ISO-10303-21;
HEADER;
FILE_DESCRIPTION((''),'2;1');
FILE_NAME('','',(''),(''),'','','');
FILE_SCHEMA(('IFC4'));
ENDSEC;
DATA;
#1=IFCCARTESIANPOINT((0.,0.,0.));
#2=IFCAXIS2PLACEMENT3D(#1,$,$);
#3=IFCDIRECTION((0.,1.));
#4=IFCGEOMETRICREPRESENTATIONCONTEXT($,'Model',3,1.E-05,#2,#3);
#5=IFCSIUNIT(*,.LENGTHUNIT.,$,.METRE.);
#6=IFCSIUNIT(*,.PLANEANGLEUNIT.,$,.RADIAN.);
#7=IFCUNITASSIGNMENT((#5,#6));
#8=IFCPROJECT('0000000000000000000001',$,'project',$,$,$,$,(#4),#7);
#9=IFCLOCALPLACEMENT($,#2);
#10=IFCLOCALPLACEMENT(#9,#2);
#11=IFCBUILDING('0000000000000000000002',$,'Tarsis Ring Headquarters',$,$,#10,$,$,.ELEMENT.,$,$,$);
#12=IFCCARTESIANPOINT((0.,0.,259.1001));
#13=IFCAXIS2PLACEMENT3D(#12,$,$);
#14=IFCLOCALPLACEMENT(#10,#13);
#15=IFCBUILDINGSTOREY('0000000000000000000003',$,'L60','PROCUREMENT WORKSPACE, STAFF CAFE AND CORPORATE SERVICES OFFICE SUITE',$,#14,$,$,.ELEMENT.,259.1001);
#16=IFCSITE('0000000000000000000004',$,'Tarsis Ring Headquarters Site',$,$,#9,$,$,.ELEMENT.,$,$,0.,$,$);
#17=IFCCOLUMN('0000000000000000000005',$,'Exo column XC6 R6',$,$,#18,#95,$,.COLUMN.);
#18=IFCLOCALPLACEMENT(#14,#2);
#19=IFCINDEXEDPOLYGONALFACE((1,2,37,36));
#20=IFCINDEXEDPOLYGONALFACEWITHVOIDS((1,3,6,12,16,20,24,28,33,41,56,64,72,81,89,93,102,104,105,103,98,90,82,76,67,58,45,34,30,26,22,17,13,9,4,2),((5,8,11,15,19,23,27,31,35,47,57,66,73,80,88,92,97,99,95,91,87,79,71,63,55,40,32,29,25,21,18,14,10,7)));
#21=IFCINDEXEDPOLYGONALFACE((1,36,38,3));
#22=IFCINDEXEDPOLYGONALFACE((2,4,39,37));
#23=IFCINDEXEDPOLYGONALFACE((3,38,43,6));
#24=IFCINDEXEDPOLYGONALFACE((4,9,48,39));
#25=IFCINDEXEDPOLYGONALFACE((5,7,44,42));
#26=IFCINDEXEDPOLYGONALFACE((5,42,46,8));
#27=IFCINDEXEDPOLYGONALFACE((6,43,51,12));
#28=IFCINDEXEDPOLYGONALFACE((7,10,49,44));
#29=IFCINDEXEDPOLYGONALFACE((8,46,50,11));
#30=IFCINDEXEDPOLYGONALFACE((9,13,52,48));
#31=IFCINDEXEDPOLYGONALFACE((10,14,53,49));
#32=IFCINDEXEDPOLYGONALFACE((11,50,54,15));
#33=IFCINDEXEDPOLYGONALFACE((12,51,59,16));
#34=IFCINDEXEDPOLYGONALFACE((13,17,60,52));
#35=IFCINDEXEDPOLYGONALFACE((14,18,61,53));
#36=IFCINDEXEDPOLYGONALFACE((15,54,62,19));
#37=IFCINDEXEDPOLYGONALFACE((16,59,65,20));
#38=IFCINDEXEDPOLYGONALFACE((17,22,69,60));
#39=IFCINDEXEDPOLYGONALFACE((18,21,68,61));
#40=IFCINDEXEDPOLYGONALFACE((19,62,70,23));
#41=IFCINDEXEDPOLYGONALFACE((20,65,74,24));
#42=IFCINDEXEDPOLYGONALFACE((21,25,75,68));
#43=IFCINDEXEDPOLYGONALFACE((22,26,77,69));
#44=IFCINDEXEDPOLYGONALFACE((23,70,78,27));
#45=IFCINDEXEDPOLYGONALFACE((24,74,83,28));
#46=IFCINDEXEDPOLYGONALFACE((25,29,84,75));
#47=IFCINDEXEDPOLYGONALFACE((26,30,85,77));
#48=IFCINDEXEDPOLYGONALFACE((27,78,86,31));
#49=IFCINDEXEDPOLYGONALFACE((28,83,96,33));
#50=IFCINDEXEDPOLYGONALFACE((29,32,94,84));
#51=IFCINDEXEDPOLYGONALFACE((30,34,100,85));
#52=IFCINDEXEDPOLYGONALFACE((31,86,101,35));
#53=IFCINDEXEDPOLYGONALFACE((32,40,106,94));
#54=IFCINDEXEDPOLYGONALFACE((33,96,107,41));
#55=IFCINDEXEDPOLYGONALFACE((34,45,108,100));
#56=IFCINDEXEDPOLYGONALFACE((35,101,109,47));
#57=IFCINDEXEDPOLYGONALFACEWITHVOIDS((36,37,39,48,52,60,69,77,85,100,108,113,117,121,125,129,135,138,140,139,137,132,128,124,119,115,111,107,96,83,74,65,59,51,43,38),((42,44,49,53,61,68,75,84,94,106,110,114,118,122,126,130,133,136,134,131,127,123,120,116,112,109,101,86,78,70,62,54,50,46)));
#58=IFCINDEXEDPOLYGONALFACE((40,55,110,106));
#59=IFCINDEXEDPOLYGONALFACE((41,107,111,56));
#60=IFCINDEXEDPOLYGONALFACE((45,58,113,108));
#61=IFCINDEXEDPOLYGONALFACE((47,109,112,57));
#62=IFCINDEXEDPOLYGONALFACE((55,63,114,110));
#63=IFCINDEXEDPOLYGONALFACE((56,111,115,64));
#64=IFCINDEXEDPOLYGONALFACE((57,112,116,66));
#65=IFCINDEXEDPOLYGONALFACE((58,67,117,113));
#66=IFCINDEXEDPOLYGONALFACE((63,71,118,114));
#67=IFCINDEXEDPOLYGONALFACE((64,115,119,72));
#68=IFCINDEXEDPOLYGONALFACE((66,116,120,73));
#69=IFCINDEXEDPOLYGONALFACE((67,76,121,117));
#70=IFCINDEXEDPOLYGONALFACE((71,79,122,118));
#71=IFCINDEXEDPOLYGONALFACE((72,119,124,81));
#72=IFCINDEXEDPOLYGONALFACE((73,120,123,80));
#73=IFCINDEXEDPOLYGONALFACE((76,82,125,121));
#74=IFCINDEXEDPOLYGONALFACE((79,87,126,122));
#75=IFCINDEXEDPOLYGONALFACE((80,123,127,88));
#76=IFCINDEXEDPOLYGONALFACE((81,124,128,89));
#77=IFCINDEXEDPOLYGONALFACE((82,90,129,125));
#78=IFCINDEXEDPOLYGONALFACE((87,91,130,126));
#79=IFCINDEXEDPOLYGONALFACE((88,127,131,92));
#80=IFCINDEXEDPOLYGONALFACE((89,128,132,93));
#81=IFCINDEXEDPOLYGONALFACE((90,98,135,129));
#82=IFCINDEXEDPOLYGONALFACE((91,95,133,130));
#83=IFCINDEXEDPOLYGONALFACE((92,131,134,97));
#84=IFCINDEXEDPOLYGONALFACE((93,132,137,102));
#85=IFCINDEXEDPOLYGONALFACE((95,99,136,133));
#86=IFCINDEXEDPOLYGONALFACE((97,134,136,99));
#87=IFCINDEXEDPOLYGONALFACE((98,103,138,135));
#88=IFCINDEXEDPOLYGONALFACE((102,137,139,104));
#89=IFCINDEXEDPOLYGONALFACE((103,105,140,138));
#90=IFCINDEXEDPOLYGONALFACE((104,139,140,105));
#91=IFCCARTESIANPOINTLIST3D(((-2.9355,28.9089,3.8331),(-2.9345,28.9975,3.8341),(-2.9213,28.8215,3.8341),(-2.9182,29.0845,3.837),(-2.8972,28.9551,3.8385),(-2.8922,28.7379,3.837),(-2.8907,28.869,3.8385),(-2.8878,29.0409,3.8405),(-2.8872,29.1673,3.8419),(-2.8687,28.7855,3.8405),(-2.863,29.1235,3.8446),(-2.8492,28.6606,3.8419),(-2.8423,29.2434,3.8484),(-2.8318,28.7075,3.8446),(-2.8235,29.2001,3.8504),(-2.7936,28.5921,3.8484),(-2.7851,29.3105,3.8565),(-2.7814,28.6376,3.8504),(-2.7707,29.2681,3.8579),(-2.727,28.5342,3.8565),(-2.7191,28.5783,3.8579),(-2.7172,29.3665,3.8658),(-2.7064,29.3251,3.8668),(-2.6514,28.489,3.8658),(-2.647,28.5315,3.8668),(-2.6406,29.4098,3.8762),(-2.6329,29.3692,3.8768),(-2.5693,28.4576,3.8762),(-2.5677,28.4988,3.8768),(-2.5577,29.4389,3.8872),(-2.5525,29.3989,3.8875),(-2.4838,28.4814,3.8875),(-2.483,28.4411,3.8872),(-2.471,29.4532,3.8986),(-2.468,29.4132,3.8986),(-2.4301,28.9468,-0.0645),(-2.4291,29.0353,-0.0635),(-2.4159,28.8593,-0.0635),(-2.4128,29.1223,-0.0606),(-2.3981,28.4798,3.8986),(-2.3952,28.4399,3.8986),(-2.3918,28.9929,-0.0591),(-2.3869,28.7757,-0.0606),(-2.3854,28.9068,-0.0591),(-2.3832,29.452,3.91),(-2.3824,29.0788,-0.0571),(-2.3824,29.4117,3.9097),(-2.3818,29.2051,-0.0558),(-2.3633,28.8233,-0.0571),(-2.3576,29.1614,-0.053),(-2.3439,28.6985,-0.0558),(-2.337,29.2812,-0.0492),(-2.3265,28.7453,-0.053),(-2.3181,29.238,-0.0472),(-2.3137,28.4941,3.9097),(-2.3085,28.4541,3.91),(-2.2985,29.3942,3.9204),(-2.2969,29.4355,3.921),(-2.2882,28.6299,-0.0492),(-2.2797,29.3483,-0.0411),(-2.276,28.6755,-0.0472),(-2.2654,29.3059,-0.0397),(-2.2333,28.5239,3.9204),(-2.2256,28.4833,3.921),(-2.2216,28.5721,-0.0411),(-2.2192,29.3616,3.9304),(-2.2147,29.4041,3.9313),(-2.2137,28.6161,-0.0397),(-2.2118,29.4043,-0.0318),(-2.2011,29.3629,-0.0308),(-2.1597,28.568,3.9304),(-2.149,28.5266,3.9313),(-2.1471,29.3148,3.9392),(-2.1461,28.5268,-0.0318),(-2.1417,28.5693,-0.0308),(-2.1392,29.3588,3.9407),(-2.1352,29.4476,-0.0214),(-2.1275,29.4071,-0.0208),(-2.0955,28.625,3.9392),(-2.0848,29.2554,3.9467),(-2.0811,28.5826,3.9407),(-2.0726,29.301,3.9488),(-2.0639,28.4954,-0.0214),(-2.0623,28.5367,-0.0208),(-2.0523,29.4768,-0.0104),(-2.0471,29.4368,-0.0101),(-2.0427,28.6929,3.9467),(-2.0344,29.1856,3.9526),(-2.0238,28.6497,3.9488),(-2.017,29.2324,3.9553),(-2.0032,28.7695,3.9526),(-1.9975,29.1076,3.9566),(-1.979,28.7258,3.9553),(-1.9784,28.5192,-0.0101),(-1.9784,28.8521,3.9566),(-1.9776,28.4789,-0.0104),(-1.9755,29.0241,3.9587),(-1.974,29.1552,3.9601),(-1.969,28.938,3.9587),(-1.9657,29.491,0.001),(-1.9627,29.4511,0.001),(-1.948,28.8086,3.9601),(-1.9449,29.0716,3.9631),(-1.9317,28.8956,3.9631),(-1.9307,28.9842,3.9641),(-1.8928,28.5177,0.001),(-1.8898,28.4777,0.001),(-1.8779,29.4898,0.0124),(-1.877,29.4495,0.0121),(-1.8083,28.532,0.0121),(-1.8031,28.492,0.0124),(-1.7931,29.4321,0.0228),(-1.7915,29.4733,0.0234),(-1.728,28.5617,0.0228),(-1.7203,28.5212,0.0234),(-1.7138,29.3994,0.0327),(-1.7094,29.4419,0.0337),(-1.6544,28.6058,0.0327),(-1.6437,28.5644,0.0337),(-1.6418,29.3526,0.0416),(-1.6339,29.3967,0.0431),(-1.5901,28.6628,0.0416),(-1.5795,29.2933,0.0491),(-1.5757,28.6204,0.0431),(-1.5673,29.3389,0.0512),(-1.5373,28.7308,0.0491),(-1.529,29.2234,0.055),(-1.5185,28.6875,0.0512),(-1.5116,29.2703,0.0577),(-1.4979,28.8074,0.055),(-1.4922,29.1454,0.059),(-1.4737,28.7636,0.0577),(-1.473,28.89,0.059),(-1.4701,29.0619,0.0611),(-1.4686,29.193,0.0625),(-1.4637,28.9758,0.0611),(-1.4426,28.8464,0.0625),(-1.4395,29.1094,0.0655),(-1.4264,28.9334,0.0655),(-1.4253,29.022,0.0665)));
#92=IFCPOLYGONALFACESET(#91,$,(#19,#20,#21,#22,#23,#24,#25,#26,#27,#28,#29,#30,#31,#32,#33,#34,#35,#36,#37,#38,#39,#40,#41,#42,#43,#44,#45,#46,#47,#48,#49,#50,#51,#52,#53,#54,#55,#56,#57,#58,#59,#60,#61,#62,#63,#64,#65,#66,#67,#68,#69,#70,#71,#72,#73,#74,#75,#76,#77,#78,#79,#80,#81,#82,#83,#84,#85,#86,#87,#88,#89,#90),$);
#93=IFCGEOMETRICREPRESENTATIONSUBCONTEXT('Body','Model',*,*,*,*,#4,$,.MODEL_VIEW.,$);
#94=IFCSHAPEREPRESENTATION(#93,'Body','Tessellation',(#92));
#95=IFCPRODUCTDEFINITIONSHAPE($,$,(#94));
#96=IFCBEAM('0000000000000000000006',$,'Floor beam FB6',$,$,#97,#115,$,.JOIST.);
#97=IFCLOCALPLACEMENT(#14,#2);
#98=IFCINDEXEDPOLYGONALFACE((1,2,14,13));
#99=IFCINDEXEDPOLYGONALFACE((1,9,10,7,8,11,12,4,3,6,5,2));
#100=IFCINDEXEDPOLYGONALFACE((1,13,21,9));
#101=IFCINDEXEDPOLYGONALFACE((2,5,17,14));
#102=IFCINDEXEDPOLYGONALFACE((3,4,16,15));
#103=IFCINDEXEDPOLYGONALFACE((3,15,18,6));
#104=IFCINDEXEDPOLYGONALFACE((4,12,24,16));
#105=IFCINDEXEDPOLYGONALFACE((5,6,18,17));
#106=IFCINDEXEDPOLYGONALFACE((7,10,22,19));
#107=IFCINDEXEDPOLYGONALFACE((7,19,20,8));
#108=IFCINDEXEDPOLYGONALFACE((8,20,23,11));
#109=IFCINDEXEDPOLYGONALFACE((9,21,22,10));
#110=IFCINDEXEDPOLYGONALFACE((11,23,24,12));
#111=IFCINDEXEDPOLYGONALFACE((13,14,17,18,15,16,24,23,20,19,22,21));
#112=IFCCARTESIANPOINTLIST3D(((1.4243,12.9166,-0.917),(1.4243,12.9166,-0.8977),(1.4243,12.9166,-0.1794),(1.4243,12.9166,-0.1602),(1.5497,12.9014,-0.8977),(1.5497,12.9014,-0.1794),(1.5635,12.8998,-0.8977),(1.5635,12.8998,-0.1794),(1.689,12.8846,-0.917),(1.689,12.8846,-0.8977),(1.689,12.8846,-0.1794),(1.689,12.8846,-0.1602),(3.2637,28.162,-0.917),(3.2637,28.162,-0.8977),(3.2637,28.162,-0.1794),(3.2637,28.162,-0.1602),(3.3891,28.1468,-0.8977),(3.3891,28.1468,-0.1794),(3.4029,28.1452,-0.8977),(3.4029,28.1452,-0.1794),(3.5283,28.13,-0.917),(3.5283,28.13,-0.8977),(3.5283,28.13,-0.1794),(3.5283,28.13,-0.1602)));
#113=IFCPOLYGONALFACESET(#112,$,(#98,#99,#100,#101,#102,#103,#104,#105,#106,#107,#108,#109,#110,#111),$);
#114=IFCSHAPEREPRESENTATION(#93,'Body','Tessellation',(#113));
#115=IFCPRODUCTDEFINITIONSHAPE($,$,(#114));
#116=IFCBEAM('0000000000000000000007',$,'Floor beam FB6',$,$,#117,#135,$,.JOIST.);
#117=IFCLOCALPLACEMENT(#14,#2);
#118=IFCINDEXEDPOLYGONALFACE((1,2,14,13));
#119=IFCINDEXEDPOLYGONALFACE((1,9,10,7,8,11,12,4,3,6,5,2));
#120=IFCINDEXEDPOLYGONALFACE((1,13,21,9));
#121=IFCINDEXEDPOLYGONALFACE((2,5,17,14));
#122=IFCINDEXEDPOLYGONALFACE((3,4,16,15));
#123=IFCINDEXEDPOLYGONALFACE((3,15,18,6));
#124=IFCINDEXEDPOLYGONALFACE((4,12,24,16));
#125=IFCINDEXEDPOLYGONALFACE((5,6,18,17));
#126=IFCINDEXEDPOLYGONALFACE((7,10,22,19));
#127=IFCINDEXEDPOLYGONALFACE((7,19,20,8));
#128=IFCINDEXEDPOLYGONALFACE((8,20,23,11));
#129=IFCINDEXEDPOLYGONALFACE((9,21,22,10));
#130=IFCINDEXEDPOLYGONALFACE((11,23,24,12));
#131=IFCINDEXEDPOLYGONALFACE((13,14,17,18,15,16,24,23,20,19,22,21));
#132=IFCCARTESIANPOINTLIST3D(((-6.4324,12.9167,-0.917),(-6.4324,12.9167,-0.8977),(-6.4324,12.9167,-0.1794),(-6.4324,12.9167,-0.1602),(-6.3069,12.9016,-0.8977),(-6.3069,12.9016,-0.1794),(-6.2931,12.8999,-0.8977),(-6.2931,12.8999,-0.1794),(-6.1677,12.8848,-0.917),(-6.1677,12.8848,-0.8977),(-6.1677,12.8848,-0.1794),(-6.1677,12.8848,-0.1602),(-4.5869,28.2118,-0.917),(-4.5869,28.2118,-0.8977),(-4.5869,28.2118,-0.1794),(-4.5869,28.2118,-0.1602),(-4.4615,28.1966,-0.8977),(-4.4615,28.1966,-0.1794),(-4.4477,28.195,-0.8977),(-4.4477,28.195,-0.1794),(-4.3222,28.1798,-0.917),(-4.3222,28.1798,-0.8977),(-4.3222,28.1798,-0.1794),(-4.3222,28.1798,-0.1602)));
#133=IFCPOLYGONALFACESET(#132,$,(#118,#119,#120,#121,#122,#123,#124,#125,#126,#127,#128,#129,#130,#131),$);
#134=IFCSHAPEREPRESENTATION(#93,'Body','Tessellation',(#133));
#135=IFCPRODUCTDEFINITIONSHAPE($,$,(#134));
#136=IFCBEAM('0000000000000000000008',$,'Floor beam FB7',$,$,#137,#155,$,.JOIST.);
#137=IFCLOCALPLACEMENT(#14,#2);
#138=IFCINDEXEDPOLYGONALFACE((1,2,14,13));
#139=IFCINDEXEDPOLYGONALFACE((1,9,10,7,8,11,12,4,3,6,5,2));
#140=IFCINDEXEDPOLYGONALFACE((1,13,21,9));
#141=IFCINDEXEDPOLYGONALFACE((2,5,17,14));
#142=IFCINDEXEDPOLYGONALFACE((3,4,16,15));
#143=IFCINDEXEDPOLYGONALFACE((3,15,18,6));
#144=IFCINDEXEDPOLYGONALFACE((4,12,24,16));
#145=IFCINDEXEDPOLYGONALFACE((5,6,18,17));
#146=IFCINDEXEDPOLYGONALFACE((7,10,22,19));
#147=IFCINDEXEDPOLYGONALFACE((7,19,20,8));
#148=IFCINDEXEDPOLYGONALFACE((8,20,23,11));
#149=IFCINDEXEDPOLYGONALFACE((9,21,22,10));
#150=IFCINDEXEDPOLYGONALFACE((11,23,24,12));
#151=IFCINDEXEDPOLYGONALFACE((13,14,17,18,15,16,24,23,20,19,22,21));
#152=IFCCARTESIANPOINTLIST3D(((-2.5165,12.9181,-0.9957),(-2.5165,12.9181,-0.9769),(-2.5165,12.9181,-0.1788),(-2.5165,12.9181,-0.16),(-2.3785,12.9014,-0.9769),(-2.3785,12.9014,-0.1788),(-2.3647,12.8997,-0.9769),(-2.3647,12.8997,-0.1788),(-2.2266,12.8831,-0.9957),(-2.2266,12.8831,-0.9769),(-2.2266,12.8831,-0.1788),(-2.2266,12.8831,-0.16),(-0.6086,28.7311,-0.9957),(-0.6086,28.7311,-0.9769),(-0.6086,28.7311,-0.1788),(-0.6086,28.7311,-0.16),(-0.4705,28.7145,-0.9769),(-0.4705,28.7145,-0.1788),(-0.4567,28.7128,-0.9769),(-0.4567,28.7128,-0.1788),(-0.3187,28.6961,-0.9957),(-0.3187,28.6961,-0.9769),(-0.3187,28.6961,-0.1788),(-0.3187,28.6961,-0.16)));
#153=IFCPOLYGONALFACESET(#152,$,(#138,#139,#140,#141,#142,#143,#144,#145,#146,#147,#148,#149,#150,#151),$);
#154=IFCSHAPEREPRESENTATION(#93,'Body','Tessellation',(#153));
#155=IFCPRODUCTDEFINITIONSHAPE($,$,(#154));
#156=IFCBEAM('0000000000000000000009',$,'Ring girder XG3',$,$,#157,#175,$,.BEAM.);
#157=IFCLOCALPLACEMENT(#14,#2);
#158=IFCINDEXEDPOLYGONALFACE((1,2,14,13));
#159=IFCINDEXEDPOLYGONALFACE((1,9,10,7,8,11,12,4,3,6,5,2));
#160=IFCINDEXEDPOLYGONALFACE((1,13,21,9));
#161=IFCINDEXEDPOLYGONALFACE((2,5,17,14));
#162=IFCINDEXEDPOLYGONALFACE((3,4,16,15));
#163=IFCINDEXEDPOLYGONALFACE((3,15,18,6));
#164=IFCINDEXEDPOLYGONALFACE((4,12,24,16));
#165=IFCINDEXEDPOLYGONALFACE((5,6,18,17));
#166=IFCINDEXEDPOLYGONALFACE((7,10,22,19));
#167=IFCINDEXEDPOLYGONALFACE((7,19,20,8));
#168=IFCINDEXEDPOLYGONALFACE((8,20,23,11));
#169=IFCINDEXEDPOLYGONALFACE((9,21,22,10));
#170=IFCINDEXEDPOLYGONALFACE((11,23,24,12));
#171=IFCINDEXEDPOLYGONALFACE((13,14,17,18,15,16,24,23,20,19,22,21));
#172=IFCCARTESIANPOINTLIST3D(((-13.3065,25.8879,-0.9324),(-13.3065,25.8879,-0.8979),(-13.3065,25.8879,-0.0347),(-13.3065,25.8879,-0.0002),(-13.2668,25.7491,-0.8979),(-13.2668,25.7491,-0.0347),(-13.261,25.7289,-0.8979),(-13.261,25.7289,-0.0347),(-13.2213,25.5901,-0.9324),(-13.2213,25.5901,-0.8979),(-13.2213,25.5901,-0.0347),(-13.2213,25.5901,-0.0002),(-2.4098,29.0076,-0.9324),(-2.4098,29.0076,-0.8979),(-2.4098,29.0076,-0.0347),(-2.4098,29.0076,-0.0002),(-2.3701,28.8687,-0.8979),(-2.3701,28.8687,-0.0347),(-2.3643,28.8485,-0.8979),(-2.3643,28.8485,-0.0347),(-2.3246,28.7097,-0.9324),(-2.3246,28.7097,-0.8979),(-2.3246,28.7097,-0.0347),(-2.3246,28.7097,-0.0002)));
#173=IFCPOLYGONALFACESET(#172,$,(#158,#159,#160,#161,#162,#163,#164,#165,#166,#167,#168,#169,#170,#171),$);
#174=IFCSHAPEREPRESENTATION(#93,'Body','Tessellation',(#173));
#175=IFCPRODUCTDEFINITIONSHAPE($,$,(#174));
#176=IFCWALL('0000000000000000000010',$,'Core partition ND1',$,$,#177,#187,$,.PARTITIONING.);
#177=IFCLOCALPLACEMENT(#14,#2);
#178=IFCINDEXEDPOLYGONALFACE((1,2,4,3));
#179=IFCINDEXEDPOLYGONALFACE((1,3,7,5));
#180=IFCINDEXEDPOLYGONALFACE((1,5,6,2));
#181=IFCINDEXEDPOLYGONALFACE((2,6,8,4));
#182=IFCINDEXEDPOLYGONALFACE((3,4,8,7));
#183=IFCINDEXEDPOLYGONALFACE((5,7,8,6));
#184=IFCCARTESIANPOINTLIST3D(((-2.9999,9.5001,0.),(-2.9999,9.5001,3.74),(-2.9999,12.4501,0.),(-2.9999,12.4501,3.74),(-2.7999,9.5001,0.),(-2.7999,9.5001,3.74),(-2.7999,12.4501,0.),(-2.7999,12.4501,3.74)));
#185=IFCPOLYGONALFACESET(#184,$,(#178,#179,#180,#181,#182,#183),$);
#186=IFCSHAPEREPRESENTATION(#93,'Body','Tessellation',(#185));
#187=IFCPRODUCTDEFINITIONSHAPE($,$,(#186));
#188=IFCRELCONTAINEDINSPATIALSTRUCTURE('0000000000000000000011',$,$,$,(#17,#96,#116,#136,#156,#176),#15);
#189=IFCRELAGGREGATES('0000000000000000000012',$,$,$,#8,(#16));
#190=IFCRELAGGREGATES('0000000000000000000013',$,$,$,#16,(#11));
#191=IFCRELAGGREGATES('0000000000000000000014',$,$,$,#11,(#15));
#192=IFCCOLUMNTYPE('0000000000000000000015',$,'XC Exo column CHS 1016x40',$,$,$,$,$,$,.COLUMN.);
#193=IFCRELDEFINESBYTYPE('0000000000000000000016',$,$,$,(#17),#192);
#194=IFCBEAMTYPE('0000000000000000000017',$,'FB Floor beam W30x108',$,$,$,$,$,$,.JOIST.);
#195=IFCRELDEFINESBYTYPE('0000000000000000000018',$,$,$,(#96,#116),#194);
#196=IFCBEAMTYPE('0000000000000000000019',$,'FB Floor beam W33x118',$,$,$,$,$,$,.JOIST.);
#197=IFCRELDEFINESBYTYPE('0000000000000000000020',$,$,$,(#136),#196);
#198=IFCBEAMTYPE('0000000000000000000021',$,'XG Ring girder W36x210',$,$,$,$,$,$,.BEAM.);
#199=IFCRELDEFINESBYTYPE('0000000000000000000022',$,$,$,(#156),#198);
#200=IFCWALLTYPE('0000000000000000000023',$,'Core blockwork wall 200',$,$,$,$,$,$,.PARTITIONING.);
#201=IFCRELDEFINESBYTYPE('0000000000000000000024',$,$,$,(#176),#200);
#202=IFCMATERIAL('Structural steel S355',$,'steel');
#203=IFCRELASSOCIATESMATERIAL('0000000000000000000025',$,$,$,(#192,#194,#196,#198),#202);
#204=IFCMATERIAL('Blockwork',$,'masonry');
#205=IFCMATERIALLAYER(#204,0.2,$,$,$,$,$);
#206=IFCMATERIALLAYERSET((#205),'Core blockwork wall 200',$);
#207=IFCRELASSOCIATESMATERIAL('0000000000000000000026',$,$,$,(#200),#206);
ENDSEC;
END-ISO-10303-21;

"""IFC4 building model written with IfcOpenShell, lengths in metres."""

from ifc_helpers import new_model, si_unit, direction, frame, frame_2d, origin, origin_2d, place, context, subcontext, project, spatial, rectangle, hollow_circle, i_section, extrude, material, layer, layer_set, material_profile, profile_set, type_object, element, save


model = new_model("IFC4")

# Units and contexts
model_context = context("Model", 3, precision=1e-05, world=origin(), true_north=direction((0.0, 1.0)))
body_context = subcontext(model_context, "Body", "Model", "MODEL_VIEW")
ifc_project = project(units=[si_unit("LENGTHUNIT", "METRE"), si_unit("PLANEANGLEUNIT", "RADIAN")], contexts=[model_context])

# Site, building, storey
site_placement = place(None, origin())
site = spatial("IfcSite", under=ifc_project, at=site_placement, Name="Tarsis Ring Headquarters Site", CompositionType="ELEMENT", RefElevation=0.0)
building_placement = place(site_placement, origin())
building = spatial("IfcBuilding", under=site, at=building_placement, Name="Tarsis Ring Headquarters", CompositionType="ELEMENT")
storey_placement = place(building_placement, frame((0.0, 0.0, 259.1001)))
storey = spatial("IfcBuildingStorey", under=building, at=storey_placement, Name="L60", Description="PROCUREMENT WORKSPACE, STAFF CAFE AND CORPORATE SERVICES OFFICE SUITE", CompositionType="ELEMENT", Elevation=259.1001)

# Column
ifc_material_1 = material(Name="Structural steel S355", Category="steel")
ifc_material_profile_1 = material_profile(ifc_material_1, hollow_circle(Radius=0.5081, WallThickness=0.04, at=origin_2d()), Name="CHS 1016x40")
ifc_profile_set_1 = profile_set([ifc_material_profile_1], Name="Structural steel S355")
column_type = type_object("IfcColumnType", Name="XC Exo column CHS 1016x40", PredefinedType="COLUMN", material=ifc_profile_set_1)
column_placement = place(storey_placement, frame((-1.9277, 28.9844, 0.001), z_axis=(-0.128576, -0.009628, 0.991653), x_axis=(0.07467, -0.997208, 0.0)))
element("IfcColumn", 1, at=column_placement, inside=storey, type_object=column_type, Name="Exo column XC6 R6", PredefinedType="COLUMN", context=body_context, shape_type="SweptSolid", body=[
    extrude(hollow_circle(Radius=0.5081, WallThickness=0.04, at=origin_2d()), origin(), (0.0, 0.0, 1.0), 3.9304),
])

# Beams
ifc_material_profile_2 = material_profile(ifc_material_1, i_section(OverallWidth=0.2666, OverallDepth=0.7568, WebThickness=0.0139, FlangeThickness=0.0193, at=origin_2d()), Name="W30x108")
ifc_profile_set_2 = profile_set([ifc_material_profile_2], Name="Structural steel S355")
beam_type_1 = type_object("IfcBeamType", Name="FB Floor beam W30x108", PredefinedType="JOIST", material=ifc_profile_set_2)
beam_1_placement = place(storey_placement, frame((3.396, 28.146, -0.5386), z_axis=(-0.119782, -0.9928, 0.0), x_axis=(0.9928, -0.119782, 0.0)))
element("IfcBeam", 2, at=beam_1_placement, inside=storey, type_object=beam_type_1, Name="Floor beam FB6", PredefinedType="JOIST", context=body_context, shape_type="SweptSolid", body=[
    extrude(i_section(OverallWidth=0.2666, OverallDepth=0.7568, WebThickness=0.0139, FlangeThickness=0.0193, at=origin_2d()), origin(), (0.0, 0.0, 1.0), 15.356),
])
beam_2_placement = place(storey_placement, frame((-4.4546, 28.1958, -0.5386), z_axis=(-0.119788, -0.9928, 0.0), x_axis=(0.9928, -0.119788, 0.0)))
element("IfcBeam", 3, at=beam_2_placement, inside=storey, type_object=beam_type_1, Name="Floor beam FB6", PredefinedType="JOIST", context=body_context, shape_type="SweptSolid", body=[
    extrude(i_section(OverallWidth=0.2666, OverallDepth=0.7568, WebThickness=0.0139, FlangeThickness=0.0193, at=origin_2d()), origin(), (0.0, 0.0, 1.0), 15.406),
])
ifc_material_profile_3 = material_profile(ifc_material_1, i_section(OverallWidth=0.292, OverallDepth=0.8357, WebThickness=0.0139, FlangeThickness=0.0188, at=origin_2d()), Name="W33x118")
ifc_profile_set_3 = profile_set([ifc_material_profile_3], Name="Structural steel S355")
beam_type_2 = type_object("IfcBeamType", Name="FB Floor beam W33x118", PredefinedType="JOIST", material=ifc_profile_set_3)
beam_3_placement = place(storey_placement, frame((-0.4636, 28.7136, -0.5779), z_axis=(-0.119789, -0.992799, 0.0), x_axis=(0.992799, -0.119789, 0.0)))
element("IfcBeam", 4, at=beam_3_placement, inside=storey, type_object=beam_type_2, Name="Floor beam FB7", PredefinedType="JOIST", context=body_context, shape_type="SweptSolid", body=[
    extrude(i_section(OverallWidth=0.292, OverallDepth=0.8357, WebThickness=0.0139, FlangeThickness=0.0188, at=origin_2d()), origin(), (0.0, 0.0, 1.0), 15.9277),
])
ifc_material_profile_4 = material_profile(ifc_material_1, i_section(OverallWidth=0.3098, OverallDepth=0.9321, WebThickness=0.021, FlangeThickness=0.0344, at=origin_2d()), Name="W36x210")
ifc_profile_set_4 = profile_set([ifc_material_profile_4], Name="Structural steel S355")
beam_type_3 = type_object("IfcBeamType", Name="XG Ring girder W36x210", PredefinedType="BEAM", material=ifc_profile_set_4)
beam_4_placement = place(storey_placement, frame((-2.3672, 28.8586, -0.4663), z_axis=(-0.961378, -0.275233, 0.0), x_axis=(0.275233, -0.961378, 0.0)))
element("IfcBeam", 5, at=beam_4_placement, inside=storey, type_object=beam_type_3, Name="Ring girder XG3", PredefinedType="BEAM", context=body_context, shape_type="SweptSolid", body=[
    extrude(i_section(OverallWidth=0.3098, OverallDepth=0.9321, WebThickness=0.021, FlangeThickness=0.0344, at=origin_2d()), origin(), (0.0, 0.0, 1.0), 11.3345),
])

# Wall
ifc_material_2 = material(Name="Blockwork", Category="masonry")
ifc_layer_1 = layer(ifc_material_2, 0.2)
ifc_layer_set_1 = layer_set([ifc_layer_1], Name="Core blockwork wall 200")
wall_type_1 = type_object("IfcWallType", Name="Core blockwork wall 200", PredefinedType="PARTITIONING", material=ifc_layer_set_1)
wall_1_placement = place(storey_placement, frame((-2.8999, 9.5, 0.0), z_axis=(0.0, 0.0, 1.0), x_axis=(0.0, 1.0, 0.0)))
element("IfcWall", 6, at=wall_1_placement, inside=storey, type_object=wall_type_1, Name="Core partition ND1", PredefinedType="PARTITIONING", context=body_context, shape_type="SweptSolid", body=[
    extrude(rectangle(XDim=2.95, YDim=0.2, at=frame_2d((1.4751, 0.0))), origin(), (0.0, 0.0, 1.0), 3.74),
])

save(model, "model.ifc")
